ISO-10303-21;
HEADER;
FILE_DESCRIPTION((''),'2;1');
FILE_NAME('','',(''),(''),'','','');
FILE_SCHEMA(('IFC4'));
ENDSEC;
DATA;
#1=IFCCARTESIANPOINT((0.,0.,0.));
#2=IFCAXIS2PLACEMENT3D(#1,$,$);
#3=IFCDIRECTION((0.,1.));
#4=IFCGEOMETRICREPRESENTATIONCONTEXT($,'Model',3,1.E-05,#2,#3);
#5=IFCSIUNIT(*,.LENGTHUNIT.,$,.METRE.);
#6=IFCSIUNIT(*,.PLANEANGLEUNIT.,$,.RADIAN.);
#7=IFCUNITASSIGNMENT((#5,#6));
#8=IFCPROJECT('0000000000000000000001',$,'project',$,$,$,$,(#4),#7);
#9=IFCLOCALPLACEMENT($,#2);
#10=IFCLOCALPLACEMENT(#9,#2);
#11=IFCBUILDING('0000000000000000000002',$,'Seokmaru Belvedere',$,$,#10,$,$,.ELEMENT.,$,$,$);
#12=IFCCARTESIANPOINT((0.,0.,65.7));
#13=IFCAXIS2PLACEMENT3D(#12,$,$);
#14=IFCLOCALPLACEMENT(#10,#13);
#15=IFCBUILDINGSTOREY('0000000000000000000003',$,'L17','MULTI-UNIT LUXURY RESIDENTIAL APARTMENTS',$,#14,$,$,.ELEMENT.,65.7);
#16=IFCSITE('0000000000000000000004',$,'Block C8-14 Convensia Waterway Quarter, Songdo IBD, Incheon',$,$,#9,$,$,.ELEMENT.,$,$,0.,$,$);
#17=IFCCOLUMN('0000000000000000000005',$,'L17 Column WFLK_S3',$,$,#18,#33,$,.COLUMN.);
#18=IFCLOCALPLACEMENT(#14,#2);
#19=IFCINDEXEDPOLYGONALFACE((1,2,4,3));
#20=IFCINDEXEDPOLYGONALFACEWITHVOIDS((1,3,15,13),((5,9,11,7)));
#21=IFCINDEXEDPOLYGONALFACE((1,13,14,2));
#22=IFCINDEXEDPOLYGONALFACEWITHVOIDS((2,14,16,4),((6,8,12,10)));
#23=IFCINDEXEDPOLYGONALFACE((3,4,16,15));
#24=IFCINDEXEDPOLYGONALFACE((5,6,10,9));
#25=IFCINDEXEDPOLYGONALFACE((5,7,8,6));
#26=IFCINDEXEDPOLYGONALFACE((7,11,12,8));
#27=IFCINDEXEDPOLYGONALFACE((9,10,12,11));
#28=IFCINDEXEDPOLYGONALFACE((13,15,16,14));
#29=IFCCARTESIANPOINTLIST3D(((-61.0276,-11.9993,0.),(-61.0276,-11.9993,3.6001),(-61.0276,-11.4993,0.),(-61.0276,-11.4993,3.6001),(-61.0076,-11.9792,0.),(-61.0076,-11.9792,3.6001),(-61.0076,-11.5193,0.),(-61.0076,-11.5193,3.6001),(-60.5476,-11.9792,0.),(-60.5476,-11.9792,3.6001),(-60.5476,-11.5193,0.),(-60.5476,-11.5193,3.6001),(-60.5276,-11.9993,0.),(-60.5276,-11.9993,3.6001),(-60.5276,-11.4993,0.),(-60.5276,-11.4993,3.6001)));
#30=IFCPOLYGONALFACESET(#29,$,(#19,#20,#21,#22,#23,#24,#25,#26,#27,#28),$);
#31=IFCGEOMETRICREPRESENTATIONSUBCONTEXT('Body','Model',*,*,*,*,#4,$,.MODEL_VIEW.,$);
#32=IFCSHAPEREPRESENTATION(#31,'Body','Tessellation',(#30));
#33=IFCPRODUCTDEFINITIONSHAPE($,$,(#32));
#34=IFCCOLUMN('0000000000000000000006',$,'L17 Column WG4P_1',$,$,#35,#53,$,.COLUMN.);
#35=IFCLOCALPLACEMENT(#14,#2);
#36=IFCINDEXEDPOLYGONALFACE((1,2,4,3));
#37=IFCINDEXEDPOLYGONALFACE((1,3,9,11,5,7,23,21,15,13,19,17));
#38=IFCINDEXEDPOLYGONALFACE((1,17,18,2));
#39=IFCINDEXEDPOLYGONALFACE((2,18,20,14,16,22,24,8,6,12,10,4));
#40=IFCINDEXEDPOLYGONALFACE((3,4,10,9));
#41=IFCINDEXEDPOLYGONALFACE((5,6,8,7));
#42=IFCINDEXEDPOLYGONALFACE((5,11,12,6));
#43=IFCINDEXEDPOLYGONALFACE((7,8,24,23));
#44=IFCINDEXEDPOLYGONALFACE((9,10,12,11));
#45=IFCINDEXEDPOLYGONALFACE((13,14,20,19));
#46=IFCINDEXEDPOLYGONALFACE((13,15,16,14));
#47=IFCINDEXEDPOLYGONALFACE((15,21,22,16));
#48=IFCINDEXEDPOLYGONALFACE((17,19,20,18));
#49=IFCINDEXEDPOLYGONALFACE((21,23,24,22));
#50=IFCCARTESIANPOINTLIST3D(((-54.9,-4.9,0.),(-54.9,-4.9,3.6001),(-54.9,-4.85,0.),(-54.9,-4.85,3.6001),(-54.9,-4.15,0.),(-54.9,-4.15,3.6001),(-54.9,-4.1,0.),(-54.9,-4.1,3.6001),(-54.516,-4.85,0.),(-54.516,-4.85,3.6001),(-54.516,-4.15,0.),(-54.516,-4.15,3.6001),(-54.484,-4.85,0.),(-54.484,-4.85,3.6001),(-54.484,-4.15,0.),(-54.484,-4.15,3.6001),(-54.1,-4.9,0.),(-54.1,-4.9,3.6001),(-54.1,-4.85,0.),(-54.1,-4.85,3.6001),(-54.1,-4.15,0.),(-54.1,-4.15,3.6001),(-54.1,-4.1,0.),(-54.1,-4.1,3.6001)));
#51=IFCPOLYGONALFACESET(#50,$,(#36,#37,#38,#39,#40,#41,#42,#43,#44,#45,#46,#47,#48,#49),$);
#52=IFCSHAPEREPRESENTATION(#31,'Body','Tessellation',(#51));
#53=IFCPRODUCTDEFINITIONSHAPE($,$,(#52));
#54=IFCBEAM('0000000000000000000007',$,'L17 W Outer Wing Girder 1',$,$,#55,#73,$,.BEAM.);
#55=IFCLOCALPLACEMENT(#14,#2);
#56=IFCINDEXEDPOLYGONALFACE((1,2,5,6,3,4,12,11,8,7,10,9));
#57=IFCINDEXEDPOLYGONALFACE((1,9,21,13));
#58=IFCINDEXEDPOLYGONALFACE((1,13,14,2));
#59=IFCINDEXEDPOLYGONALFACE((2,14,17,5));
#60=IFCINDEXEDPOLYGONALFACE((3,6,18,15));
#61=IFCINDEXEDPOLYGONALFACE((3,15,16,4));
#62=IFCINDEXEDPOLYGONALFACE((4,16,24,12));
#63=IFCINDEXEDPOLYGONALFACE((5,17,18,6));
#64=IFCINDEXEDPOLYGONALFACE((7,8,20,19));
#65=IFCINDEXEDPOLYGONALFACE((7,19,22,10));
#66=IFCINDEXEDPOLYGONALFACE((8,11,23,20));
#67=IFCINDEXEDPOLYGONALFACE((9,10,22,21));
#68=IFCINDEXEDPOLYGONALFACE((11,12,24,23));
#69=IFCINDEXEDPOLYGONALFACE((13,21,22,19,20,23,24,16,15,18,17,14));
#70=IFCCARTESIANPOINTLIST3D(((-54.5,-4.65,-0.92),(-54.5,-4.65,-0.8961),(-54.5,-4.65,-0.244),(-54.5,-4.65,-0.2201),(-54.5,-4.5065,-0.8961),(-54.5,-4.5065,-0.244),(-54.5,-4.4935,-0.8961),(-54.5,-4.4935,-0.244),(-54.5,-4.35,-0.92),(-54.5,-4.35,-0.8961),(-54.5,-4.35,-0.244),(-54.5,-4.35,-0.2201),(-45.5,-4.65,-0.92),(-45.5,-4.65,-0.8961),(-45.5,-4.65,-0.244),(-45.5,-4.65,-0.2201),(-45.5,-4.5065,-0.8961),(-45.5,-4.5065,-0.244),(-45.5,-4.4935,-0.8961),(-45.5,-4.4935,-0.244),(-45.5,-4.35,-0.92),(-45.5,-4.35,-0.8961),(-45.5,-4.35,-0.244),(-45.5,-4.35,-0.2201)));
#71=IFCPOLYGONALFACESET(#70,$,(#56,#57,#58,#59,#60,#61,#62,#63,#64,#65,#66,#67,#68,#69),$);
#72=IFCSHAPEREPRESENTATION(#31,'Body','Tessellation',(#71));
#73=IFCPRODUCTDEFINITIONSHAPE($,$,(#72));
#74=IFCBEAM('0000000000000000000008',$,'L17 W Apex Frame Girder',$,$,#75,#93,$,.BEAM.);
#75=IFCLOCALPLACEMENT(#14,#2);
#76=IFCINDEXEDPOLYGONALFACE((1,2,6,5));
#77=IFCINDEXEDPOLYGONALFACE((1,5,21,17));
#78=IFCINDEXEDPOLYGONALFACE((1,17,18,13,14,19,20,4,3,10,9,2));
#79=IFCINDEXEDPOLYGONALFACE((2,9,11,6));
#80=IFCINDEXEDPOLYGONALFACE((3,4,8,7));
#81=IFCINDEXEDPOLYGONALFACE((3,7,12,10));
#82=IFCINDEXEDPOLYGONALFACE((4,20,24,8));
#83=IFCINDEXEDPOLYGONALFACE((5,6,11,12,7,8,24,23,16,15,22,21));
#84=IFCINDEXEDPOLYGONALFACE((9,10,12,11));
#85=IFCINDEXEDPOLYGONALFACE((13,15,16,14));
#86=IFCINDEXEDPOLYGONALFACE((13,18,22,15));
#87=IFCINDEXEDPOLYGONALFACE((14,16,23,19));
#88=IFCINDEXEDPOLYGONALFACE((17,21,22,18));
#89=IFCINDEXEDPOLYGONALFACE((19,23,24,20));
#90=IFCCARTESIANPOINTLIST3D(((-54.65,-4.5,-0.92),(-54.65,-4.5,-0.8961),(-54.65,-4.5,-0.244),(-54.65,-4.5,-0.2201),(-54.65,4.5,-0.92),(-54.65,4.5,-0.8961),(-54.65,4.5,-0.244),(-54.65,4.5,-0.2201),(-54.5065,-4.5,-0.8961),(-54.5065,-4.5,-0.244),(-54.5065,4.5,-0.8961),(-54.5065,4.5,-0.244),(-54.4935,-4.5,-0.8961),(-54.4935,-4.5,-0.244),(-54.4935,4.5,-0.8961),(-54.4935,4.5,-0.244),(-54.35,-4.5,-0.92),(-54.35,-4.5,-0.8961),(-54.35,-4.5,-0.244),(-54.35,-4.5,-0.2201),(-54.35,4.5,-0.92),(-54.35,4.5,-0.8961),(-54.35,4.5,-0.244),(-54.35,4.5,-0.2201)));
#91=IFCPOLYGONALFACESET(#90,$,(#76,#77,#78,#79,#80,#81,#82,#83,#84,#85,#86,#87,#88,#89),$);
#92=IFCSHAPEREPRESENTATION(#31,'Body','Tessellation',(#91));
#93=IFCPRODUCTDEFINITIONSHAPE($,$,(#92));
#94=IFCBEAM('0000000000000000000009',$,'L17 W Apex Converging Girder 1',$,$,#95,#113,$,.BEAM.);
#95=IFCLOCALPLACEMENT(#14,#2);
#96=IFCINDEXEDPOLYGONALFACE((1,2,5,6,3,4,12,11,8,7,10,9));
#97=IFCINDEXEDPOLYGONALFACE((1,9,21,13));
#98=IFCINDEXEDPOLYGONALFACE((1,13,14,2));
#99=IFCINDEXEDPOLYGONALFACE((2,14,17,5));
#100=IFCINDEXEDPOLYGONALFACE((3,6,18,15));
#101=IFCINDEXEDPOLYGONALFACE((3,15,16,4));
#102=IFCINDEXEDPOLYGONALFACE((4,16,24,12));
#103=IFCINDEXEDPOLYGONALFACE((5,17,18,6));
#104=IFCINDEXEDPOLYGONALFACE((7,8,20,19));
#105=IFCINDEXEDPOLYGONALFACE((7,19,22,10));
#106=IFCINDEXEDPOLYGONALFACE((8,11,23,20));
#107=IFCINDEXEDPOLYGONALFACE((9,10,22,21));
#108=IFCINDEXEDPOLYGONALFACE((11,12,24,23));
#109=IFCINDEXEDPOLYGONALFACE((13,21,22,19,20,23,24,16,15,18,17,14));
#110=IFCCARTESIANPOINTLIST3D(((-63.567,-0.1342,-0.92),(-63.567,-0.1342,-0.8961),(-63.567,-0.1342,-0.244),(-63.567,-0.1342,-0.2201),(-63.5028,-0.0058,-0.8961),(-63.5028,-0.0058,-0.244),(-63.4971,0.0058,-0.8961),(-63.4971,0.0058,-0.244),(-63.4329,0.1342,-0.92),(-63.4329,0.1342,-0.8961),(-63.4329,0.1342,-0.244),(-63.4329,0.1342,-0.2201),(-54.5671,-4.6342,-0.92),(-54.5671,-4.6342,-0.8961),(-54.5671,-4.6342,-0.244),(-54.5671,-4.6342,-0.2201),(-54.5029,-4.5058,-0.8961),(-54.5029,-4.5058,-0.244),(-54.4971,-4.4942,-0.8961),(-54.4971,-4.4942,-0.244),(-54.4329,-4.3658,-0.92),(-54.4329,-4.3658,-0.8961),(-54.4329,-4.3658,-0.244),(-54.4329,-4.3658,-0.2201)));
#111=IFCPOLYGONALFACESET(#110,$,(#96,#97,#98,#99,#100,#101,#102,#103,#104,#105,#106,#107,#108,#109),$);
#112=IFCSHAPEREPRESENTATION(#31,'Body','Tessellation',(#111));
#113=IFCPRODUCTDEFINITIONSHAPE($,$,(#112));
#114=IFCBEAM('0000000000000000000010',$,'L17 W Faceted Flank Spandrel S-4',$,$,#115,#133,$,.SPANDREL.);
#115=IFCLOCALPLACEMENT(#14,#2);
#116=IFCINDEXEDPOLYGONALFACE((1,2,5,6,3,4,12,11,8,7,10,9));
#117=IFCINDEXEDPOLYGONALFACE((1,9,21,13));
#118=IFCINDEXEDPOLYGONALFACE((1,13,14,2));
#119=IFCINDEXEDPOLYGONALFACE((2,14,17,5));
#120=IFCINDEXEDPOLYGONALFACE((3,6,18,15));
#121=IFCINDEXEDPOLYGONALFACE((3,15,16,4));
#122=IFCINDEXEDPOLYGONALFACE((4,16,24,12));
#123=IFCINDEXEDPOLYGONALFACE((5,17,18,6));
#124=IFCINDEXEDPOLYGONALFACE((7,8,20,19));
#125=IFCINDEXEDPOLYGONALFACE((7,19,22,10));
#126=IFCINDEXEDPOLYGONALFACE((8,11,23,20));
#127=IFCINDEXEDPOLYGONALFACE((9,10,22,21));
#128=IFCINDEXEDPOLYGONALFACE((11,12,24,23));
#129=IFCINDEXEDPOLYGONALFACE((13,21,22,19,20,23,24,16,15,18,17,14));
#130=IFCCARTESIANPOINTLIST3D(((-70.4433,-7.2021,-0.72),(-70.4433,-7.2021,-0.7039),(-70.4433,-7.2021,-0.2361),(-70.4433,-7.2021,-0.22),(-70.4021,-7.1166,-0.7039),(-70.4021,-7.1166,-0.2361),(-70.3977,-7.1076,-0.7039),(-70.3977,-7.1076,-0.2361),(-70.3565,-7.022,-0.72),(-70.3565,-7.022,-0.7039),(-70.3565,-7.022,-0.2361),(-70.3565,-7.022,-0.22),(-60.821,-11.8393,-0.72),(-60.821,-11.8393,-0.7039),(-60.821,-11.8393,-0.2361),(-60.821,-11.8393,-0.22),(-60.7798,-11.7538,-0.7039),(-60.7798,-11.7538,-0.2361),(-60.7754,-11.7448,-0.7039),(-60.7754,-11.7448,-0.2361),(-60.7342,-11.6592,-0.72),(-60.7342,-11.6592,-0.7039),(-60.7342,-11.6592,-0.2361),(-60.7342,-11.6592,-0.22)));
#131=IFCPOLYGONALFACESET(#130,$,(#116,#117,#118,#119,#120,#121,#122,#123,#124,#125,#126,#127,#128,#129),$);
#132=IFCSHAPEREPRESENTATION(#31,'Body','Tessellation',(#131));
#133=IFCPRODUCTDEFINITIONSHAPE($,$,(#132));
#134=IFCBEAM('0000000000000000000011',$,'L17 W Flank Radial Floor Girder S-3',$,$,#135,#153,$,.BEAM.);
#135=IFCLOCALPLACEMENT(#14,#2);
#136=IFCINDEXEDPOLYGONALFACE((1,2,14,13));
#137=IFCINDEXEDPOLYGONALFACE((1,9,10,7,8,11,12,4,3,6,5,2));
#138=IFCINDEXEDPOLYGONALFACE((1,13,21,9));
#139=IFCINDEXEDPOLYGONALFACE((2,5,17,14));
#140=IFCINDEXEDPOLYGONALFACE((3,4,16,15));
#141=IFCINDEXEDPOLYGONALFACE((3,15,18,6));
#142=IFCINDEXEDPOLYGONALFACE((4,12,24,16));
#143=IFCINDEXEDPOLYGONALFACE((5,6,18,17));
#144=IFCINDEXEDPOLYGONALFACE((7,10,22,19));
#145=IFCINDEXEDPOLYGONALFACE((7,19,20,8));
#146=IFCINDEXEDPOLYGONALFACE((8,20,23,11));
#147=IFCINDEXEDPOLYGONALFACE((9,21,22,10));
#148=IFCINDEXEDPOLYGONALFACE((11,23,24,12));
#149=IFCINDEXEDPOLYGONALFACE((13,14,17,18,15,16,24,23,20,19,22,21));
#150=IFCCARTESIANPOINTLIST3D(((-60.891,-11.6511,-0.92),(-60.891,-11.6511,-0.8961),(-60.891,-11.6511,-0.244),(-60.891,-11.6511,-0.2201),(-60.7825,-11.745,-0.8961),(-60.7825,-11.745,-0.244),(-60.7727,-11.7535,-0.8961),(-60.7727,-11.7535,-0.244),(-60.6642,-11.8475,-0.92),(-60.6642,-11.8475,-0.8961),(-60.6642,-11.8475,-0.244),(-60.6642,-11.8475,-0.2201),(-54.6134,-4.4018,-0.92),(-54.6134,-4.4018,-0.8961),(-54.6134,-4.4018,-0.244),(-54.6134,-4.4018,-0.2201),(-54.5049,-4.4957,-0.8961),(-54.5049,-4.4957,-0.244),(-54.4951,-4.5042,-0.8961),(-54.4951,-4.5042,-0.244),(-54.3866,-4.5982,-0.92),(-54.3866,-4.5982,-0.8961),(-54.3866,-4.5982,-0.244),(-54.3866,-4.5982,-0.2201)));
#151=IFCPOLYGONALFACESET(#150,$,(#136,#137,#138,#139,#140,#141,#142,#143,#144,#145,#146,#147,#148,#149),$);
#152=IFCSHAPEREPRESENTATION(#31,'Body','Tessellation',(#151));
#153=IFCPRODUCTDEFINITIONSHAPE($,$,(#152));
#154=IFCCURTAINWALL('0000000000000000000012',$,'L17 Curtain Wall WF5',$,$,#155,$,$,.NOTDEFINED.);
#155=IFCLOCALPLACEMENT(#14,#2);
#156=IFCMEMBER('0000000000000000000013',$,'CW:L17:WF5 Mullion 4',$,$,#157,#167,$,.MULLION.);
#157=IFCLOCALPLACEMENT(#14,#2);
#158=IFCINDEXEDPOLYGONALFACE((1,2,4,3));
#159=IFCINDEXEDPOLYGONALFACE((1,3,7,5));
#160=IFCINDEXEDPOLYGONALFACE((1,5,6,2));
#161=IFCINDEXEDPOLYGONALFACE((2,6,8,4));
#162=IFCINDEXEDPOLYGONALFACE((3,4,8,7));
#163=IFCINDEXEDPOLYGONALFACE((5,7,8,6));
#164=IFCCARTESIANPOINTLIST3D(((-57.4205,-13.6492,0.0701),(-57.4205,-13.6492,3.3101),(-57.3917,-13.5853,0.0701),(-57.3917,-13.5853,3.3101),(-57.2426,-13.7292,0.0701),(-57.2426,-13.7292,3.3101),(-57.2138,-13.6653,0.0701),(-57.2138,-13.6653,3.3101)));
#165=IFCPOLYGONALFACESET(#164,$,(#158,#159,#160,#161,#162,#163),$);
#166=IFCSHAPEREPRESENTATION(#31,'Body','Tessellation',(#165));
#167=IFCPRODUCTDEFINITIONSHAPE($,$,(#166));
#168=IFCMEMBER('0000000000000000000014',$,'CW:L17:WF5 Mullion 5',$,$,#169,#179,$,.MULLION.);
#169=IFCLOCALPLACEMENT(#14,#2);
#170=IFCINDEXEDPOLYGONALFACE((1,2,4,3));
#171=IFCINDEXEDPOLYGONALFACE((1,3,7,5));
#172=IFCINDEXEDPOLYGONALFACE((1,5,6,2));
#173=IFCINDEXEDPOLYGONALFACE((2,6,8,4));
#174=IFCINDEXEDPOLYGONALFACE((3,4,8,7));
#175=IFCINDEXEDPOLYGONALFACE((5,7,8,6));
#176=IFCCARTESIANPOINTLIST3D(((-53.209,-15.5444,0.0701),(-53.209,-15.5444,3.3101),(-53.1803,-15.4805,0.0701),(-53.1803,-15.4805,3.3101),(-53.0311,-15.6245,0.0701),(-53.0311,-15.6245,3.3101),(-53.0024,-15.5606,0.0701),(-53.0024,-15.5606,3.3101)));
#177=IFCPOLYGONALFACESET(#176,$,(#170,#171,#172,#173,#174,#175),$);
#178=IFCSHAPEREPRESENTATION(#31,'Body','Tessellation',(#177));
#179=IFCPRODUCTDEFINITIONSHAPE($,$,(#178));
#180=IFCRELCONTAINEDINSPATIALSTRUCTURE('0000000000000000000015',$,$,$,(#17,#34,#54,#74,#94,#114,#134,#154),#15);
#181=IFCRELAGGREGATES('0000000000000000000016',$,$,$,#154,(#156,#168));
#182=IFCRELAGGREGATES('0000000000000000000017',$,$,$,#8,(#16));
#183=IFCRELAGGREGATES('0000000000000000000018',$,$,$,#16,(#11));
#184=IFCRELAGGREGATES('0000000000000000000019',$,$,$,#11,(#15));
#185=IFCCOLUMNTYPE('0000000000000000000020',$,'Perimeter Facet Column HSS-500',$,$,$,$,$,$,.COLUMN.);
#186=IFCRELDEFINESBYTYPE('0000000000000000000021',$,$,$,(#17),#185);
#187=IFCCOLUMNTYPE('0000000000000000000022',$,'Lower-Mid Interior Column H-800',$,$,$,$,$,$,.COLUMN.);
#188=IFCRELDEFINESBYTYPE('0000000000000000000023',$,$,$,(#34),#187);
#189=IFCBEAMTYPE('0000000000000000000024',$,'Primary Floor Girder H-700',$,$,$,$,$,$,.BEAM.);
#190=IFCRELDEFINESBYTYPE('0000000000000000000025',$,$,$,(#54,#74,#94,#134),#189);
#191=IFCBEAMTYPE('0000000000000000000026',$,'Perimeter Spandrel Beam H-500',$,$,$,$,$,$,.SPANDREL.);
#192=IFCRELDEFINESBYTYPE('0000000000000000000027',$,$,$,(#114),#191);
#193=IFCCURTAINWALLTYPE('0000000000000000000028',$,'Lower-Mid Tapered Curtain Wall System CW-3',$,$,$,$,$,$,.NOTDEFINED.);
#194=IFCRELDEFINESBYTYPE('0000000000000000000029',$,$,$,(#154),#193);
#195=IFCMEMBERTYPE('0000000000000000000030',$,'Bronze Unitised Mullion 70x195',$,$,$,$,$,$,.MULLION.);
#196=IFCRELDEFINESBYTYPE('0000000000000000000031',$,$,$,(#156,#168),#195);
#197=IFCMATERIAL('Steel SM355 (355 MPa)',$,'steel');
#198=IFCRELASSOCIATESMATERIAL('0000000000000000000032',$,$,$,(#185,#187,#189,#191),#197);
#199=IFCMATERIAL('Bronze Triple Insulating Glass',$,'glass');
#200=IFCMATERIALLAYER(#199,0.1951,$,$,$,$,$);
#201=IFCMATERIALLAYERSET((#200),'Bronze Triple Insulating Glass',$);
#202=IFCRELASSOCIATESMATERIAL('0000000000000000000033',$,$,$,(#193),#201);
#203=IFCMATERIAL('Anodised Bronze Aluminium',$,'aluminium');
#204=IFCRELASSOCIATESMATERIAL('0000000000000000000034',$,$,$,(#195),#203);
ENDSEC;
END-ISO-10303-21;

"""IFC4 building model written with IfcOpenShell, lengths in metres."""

from ifc_helpers import new_model, si_unit, direction, frame, origin, origin_2d, place, context, subcontext, project, spatial, rectangle, hollow_rectangle, i_section, extrude, source, transform, mapped, material, layer, layer_set, material_profile, profile_set, type_object, type_shapes, element, aggregate, save


model = new_model("IFC4")

# Units and contexts
model_context = context("Model", 3, precision=1e-05, world=origin(), true_north=direction((0.0, 1.0)))
body_context = subcontext(model_context, "Body", "Model", "MODEL_VIEW")
ifc_project = project(units=[si_unit("LENGTHUNIT", "METRE"), si_unit("PLANEANGLEUNIT", "RADIAN")], contexts=[model_context])

# Site, building, storey
site_placement = place(None, origin())
site = spatial("IfcSite", under=ifc_project, at=site_placement, Name="Block C8-14 Convensia Waterway Quarter, Songdo IBD, Incheon", CompositionType="ELEMENT", RefElevation=0.0)
building_placement = place(site_placement, origin())
building = spatial("IfcBuilding", under=site, at=building_placement, Name="Seokmaru Belvedere", CompositionType="ELEMENT")
storey_placement = place(building_placement, frame((0.0, 0.0, 65.7)))
storey = spatial("IfcBuildingStorey", under=building, at=storey_placement, Name="L17", Description="MULTI-UNIT LUXURY RESIDENTIAL APARTMENTS", CompositionType="ELEMENT", Elevation=65.7)

# Columns
ifc_material_1 = material(Name="Steel SM355 (355 MPa)", Category="steel")
ifc_material_profile_1 = material_profile(ifc_material_1, hollow_rectangle(XDim=0.5, YDim=0.5, WallThickness=0.02, at=origin_2d()), Name="HSS-500x500x20")
ifc_profile_set_1 = profile_set([ifc_material_profile_1], Name="Steel SM355 (355 MPa)")
column_type_1 = type_object("IfcColumnType", Name="Perimeter Facet Column HSS-500", PredefinedType="COLUMN", material=ifc_profile_set_1)
shared_shape_1 = source(origin(), body_context, "Body", "SweptSolid", [
    extrude(hollow_rectangle(XDim=0.5, YDim=0.5, WallThickness=0.02, at=origin_2d()), origin(), (0.0, 0.0, 1.0), 3.6001),
])
type_shapes(column_type_1, [shared_shape_1])
column_1_placement = place(storey_placement, frame((-60.7776, -11.7493, 0.0), z_axis=(0.0, 0.0, 1.0), x_axis=(1.0, 0.0, 0.0)))
element("IfcColumn", 1, at=column_1_placement, inside=storey, type_object=column_type_1, Name="L17 Column WFLK_S3", PredefinedType="COLUMN", context=body_context, shape_type="MappedRepresentation", body=[
    mapped(shared_shape_1, transform((0.0, 0.0, 0.0), scale=1.0)),
])
ifc_material_profile_2 = material_profile(ifc_material_1, i_section(OverallWidth=0.8, OverallDepth=0.8, WebThickness=0.032, FlangeThickness=0.05, at=origin_2d()), Name="H-800x800x32x50")
ifc_profile_set_2 = profile_set([ifc_material_profile_2], Name="Steel SM355 (355 MPa)")
column_type_2 = type_object("IfcColumnType", Name="Lower-Mid Interior Column H-800", PredefinedType="COLUMN", material=ifc_profile_set_2)
shared_shape_2 = source(origin(), body_context, "Body", "SweptSolid", [
    extrude(i_section(OverallWidth=0.8, OverallDepth=0.8, WebThickness=0.032, FlangeThickness=0.05, at=origin_2d()), origin(), (0.0, 0.0, 1.0), 3.6001),
])
type_shapes(column_type_2, [shared_shape_2])
column_2_placement = place(storey_placement, frame((-54.5, -4.5, 0.0), z_axis=(0.0, 0.0, 1.0), x_axis=(1.0, 0.0, 0.0)))
element("IfcColumn", 2, at=column_2_placement, inside=storey, type_object=column_type_2, Name="L17 Column WG4P_1", PredefinedType="COLUMN", context=body_context, shape_type="MappedRepresentation", body=[
    mapped(shared_shape_2, transform((0.0, 0.0, 0.0), scale=1.0)),
])

# Beams
ifc_material_profile_3 = material_profile(ifc_material_1, i_section(OverallWidth=0.3, OverallDepth=0.7, WebThickness=0.0129, FlangeThickness=0.0239, at=origin_2d()), Name="H-700x300x13x24")
ifc_profile_set_3 = profile_set([ifc_material_profile_3], Name="Steel SM355 (355 MPa)")
beam_type_1 = type_object("IfcBeamType", Name="Primary Floor Girder H-700", PredefinedType="BEAM", material=ifc_profile_set_3)
shared_shape_3 = source(origin(), body_context, "Body", "SweptSolid", [
    extrude(i_section(OverallWidth=0.3, OverallDepth=0.7, WebThickness=0.0129, FlangeThickness=0.0239, at=origin_2d()), origin(), (0.0, 0.0, 1.0), 9.0),
])
for number, where, z_axis, x_axis, name in (
    (3, (-54.5, -4.5, -0.5701), (1.0, 0.0, 0.0), (0.0, 1.0, 0.0), "L17 W Outer Wing Girder 1"),
    (4, (-54.5, -4.5, -0.5701), (0.0, 1.0, 0.0), (-1.0, 0.0, 0.0), "L17 W Apex Frame Girder"),
):
    element("IfcBeam", number, at=place(storey_placement, frame(where, z_axis=z_axis, x_axis=x_axis)), inside=storey, type_object=beam_type_1, Name=name, PredefinedType="BEAM", context=body_context, shape_type="MappedRepresentation", body=[
        mapped(shared_shape_3, transform((0.0, 0.0, 0.0), scale=1.0)),
    ])
shared_shape_4 = source(origin(), body_context, "Body", "SweptSolid", [
    extrude(i_section(OverallWidth=0.3, OverallDepth=0.7, WebThickness=0.0129, FlangeThickness=0.0239, at=origin_2d()), origin(), (0.0, 0.0, 1.0), 10.0623),
])
beam_1_placement = place(storey_placement, frame((-54.5, -4.5, -0.5701), z_axis=(-0.894427, 0.447214, 0.0), x_axis=(-0.447214, -0.894427, 0.0)))
element("IfcBeam", 5, at=beam_1_placement, inside=storey, type_object=beam_type_1, Name="L17 W Apex Converging Girder 1", PredefinedType="BEAM", context=body_context, shape_type="MappedRepresentation", body=[
    mapped(shared_shape_4, transform((0.0, 0.0, 0.0), scale=1.0)),
])
ifc_material_profile_4 = material_profile(ifc_material_1, i_section(OverallWidth=0.2, OverallDepth=0.5, WebThickness=0.01, FlangeThickness=0.0161, at=origin_2d()), Name="H-500x200x10x16")
ifc_profile_set_4 = profile_set([ifc_material_profile_4], Name="Steel SM355 (355 MPa)")
beam_type_2 = type_object("IfcBeamType", Name="Perimeter Spandrel Beam H-500", PredefinedType="SPANDREL", material=ifc_profile_set_4)
shared_shape_5 = source(origin(), body_context, "Body", "SweptSolid", [
    extrude(i_section(OverallWidth=0.2, OverallDepth=0.5, WebThickness=0.01, FlangeThickness=0.0161, at=origin_2d()), origin(), (0.0, 0.0, 1.0), 10.6814),
])
type_shapes(beam_type_2, [shared_shape_5])
beam_2_placement = place(storey_placement, frame((-60.7776, -11.7493, -0.47), z_axis=(-0.900846, 0.434138, 0.0), x_axis=(-0.434138, -0.900846, 0.0)))
element("IfcBeam", 6, at=beam_2_placement, inside=storey, type_object=beam_type_2, Name="L17 W Faceted Flank Spandrel S-4", PredefinedType="SPANDREL", context=body_context, shape_type="MappedRepresentation", body=[
    mapped(shared_shape_5, transform((0.0, 0.0, 0.0), scale=1.0)),
])
shared_shape_6 = source(origin(), body_context, "Body", "SweptSolid", [
    extrude(i_section(OverallWidth=0.3, OverallDepth=0.7, WebThickness=0.0129, FlangeThickness=0.0239, at=origin_2d()), origin(), (0.0, 0.0, 1.0), 9.5896),
])
type_shapes(beam_type_1, [shared_shape_3, shared_shape_4, shared_shape_6])
beam_3_placement = place(storey_placement, frame((-60.7776, -11.7493, -0.5701), z_axis=(0.654626, 0.755953, 0.0), x_axis=(-0.755953, 0.654626, 0.0)))
element("IfcBeam", 7, at=beam_3_placement, inside=storey, type_object=beam_type_1, Name="L17 W Flank Radial Floor Girder S-3", PredefinedType="BEAM", context=body_context, shape_type="MappedRepresentation", body=[
    mapped(shared_shape_6, transform((0.0, 0.0, 0.0), scale=1.0)),
])

# Curtain wall, members
ifc_material_2 = material(Name="Bronze Triple Insulating Glass", Category="glass")
ifc_layer_1 = layer(ifc_material_2, 0.1951)
ifc_layer_set_1 = layer_set([ifc_layer_1], Name="Bronze Triple Insulating Glass")
curtain_wall_type = type_object("IfcCurtainWallType", Name="Lower-Mid Tapered Curtain Wall System CW-3", PredefinedType="NOTDEFINED", material=ifc_layer_set_1)
curtain_wall_placement = place(storey_placement, origin())
curtain_wall = element("IfcCurtainWall", 8, at=curtain_wall_placement, inside=storey, type_object=curtain_wall_type, Name="L17 Curtain Wall WF5", PredefinedType="NOTDEFINED")
ifc_material_3 = material(Name="Anodised Bronze Aluminium", Category="aluminium")
ifc_material_profile_5 = material_profile(ifc_material_3, rectangle(XDim=0.0701, YDim=0.1951, at=origin_2d()), Name="CW-M-70x195")
ifc_profile_set_5 = profile_set([ifc_material_profile_5], Name="Anodised Bronze Aluminium")
member_type = type_object("IfcMemberType", Name="Bronze Unitised Mullion 70x195", PredefinedType="MULLION", material=ifc_profile_set_5)
shared_shape_7 = source(origin(), body_context, "Body", "SweptSolid", [
    extrude(rectangle(XDim=0.0701, YDim=0.1951, at=origin_2d()), origin(), (0.0, 0.0, 1.0), 3.24),
])
type_shapes(member_type, [shared_shape_7])
member_1_placement = place(storey_placement, frame((-57.3171, -13.6572, 0.0701), z_axis=(0.0, 0.0, 1.0), x_axis=(0.410366, 0.911921, 0.0)))
member_1 = element("IfcMember", 9, at=member_1_placement, type_object=member_type, Name="CW:L17:WF5 Mullion 4", PredefinedType="MULLION", context=body_context, shape_type="MappedRepresentation", body=[
    mapped(shared_shape_7, transform((0.0, 0.0, 0.0), scale=1.0)),
])
member_2_placement = place(storey_placement, frame((-53.1057, -15.5525, 0.0701), z_axis=(0.0, 0.0, 1.0), x_axis=(0.410366, 0.911921, 0.0)))
member_2 = element("IfcMember", 10, at=member_2_placement, type_object=member_type, Name="CW:L17:WF5 Mullion 5", PredefinedType="MULLION", context=body_context, shape_type="MappedRepresentation", body=[
    mapped(shared_shape_7, transform((0.0, 0.0, 0.0), scale=1.0)),
])
aggregate(curtain_wall, [member_1, member_2])

save(model, "model.ifc")
